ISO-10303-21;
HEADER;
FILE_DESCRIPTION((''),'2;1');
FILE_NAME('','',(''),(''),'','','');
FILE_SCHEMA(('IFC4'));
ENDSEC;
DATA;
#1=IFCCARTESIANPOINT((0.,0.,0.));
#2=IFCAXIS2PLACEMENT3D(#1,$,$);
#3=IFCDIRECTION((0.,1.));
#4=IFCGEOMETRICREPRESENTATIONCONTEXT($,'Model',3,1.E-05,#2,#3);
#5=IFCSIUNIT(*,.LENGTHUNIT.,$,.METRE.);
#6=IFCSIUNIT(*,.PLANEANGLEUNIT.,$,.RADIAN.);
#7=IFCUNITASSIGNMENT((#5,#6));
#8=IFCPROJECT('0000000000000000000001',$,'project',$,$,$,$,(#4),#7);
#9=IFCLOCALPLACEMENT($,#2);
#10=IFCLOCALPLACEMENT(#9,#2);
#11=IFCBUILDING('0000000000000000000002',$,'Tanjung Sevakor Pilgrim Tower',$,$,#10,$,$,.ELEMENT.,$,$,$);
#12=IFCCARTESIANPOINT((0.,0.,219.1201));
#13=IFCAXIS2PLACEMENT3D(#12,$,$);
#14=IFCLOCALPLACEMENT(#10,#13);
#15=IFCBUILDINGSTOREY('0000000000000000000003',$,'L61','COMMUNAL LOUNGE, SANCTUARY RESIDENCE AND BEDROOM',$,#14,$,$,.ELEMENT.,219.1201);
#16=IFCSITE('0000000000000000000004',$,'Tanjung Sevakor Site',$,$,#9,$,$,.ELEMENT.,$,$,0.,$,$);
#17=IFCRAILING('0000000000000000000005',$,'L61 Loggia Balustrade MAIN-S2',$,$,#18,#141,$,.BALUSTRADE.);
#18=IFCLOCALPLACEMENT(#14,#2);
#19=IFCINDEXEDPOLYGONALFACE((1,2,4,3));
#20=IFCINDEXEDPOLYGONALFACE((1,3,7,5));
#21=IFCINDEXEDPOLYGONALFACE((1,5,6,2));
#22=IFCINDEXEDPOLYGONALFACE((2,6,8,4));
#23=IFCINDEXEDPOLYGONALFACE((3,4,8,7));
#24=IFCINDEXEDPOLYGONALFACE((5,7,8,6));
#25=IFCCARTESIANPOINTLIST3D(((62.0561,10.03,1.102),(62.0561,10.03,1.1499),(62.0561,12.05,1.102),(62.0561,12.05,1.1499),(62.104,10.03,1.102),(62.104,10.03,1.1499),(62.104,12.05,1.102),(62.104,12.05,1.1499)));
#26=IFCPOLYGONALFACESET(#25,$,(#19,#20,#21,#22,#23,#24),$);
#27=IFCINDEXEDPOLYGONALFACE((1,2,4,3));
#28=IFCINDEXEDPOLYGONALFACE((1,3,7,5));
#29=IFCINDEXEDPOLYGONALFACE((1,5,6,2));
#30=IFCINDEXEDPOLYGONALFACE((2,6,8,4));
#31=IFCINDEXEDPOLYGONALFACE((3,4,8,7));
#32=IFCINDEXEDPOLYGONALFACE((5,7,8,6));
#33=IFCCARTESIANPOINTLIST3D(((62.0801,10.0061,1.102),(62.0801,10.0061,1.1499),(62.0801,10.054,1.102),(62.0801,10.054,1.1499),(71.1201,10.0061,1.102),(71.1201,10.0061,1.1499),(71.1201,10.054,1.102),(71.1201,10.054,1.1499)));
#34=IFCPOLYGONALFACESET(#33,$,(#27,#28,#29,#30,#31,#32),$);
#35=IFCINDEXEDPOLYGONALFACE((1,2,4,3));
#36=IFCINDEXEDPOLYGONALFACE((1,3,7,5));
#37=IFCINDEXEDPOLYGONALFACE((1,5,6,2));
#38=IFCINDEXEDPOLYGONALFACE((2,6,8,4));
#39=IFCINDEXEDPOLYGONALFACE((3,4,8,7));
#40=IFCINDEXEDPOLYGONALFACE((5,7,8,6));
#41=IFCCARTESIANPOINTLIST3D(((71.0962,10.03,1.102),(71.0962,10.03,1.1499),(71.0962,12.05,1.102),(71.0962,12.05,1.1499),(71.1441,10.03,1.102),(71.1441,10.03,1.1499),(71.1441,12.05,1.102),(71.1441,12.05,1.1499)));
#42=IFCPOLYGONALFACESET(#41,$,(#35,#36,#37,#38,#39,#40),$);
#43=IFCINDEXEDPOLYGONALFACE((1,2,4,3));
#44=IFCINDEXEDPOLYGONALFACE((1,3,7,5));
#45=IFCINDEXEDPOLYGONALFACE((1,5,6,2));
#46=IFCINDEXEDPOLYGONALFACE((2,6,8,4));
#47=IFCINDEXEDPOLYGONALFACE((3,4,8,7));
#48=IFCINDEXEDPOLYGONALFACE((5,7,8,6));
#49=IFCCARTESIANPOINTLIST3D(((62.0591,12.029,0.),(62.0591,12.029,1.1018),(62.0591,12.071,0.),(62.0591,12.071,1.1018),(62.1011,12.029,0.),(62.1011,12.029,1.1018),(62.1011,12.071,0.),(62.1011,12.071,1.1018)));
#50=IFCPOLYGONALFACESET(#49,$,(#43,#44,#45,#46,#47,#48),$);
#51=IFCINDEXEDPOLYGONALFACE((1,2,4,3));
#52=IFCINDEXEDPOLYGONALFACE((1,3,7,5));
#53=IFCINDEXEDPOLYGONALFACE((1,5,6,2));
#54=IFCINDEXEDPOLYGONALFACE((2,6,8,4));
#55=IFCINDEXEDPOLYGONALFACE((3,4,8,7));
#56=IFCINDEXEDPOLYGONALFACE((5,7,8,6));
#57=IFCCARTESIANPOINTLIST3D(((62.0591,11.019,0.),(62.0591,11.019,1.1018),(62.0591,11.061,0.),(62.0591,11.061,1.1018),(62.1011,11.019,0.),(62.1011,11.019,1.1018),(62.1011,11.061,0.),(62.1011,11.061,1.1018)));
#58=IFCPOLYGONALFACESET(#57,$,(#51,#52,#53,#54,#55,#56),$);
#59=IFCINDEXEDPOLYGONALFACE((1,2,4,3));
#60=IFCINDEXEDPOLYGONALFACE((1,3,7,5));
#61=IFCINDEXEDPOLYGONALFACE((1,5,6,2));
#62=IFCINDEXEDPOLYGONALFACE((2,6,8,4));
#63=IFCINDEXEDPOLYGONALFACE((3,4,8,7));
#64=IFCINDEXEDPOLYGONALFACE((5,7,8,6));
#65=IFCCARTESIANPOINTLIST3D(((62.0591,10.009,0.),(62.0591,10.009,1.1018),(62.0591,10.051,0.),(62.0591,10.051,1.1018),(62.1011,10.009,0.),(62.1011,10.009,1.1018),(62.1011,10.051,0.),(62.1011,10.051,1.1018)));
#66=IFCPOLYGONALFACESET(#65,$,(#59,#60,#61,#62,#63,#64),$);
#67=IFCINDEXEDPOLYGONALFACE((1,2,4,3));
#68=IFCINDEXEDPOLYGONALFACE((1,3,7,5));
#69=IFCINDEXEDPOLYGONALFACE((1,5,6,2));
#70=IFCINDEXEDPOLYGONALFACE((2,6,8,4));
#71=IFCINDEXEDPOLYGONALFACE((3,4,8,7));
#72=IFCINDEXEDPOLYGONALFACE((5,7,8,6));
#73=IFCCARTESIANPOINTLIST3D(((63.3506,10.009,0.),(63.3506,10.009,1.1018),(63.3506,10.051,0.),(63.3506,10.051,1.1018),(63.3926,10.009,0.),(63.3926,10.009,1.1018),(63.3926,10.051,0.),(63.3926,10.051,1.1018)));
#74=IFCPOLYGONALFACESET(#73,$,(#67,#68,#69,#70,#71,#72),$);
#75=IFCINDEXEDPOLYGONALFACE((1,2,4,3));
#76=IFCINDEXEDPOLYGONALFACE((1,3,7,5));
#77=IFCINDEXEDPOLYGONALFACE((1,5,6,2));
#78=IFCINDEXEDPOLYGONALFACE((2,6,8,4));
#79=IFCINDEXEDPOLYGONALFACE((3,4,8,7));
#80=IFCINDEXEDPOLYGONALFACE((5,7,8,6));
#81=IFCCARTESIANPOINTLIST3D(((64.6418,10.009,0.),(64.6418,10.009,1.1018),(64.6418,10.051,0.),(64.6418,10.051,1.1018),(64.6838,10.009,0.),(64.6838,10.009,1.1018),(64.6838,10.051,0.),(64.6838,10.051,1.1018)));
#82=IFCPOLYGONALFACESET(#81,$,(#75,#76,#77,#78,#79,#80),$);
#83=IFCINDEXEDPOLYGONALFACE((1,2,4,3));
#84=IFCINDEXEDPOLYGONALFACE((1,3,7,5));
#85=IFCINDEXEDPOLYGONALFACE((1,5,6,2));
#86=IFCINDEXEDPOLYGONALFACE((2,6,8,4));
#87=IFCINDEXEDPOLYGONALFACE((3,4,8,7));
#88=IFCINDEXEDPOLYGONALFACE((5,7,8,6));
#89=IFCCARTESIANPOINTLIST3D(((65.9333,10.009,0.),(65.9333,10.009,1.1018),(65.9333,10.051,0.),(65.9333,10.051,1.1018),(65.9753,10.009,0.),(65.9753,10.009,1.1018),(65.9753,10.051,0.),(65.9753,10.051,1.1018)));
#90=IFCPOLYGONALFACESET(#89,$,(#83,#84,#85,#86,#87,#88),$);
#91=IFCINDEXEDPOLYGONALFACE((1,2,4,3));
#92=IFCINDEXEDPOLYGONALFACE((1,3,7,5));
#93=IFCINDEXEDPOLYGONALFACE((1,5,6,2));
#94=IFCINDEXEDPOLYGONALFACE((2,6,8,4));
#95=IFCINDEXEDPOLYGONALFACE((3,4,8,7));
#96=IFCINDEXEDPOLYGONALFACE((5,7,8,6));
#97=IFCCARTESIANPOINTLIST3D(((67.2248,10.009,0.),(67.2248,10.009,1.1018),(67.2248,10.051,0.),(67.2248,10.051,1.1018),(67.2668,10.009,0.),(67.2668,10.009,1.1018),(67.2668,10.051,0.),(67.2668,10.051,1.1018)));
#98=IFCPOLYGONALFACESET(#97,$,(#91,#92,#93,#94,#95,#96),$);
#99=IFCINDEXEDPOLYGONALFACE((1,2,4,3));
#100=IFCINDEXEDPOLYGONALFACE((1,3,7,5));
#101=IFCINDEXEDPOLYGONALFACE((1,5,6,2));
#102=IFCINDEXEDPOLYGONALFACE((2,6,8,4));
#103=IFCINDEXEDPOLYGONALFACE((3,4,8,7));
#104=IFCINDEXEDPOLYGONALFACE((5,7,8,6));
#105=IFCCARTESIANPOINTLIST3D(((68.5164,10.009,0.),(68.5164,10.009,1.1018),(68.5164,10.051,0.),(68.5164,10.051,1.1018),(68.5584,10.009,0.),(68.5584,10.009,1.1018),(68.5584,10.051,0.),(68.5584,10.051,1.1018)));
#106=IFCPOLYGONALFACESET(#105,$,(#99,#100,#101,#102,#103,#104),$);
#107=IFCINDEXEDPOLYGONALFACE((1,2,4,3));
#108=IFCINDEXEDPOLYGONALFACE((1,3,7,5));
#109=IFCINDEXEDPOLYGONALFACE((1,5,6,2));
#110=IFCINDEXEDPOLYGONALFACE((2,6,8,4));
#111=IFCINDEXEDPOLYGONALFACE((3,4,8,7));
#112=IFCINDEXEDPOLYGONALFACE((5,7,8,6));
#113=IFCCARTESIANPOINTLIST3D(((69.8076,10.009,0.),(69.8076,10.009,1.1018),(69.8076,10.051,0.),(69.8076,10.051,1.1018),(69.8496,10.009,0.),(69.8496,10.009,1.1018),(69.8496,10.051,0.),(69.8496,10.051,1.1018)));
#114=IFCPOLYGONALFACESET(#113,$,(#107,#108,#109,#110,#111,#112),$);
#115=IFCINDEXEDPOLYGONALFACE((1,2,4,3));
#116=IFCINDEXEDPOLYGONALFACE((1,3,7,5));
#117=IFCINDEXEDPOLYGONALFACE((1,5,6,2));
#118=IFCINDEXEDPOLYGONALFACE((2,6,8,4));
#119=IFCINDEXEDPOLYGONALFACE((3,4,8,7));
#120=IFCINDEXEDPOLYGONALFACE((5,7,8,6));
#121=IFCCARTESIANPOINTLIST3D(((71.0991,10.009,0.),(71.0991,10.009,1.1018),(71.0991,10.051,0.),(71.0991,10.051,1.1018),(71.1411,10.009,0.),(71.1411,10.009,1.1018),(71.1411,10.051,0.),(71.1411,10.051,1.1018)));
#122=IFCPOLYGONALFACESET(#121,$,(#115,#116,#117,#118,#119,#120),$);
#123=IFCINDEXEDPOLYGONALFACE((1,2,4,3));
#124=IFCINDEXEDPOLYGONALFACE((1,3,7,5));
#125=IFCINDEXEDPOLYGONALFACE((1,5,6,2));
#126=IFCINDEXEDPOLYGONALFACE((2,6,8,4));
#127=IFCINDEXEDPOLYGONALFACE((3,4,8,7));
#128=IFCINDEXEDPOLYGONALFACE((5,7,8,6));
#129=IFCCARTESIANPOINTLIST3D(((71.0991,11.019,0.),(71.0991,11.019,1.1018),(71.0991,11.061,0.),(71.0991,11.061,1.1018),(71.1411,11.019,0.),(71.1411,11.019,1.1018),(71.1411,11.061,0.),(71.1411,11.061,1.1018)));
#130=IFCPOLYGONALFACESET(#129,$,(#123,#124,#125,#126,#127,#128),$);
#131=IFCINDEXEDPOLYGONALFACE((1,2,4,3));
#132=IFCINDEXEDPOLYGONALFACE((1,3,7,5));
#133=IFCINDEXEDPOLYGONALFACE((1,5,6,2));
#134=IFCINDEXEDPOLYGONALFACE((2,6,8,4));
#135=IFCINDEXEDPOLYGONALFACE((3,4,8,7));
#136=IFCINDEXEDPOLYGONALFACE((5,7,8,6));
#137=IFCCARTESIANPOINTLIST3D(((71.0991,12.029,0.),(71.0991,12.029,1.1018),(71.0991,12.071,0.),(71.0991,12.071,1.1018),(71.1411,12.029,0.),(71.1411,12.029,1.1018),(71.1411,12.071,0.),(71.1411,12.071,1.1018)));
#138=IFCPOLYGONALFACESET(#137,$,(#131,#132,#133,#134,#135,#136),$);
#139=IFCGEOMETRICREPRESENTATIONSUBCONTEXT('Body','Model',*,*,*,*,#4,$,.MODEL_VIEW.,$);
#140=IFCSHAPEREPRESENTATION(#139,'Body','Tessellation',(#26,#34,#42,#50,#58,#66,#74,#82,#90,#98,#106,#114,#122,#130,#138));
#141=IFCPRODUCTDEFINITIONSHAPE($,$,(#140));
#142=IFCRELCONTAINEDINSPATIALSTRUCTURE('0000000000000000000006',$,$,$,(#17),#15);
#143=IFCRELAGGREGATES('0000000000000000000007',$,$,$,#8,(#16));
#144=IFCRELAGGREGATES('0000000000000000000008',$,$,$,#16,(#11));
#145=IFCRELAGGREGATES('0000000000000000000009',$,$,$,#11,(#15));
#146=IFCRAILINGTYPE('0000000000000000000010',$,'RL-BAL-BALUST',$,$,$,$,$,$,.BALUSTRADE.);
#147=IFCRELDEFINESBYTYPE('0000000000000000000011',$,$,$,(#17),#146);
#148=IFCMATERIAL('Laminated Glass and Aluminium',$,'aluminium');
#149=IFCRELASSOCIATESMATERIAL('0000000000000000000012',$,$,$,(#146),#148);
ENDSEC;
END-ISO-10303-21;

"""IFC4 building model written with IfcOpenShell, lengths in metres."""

from ifc_helpers import new_model, si_unit, direction, frame, origin, place, context, subcontext, project, spatial, rectangle, extrude, material, type_object, element, save


model = new_model("IFC4")

# Units and contexts
model_context = context("Model", 3, precision=1e-05, world=origin(), true_north=direction((0.0, 1.0)))
body_context = subcontext(model_context, "Body", "Model", "MODEL_VIEW")
ifc_project = project(units=[si_unit("LENGTHUNIT", "METRE"), si_unit("PLANEANGLEUNIT", "RADIAN")], contexts=[model_context])

# Site, building, storey
site_placement = place(None, origin())
site = spatial("IfcSite", under=ifc_project, at=site_placement, Name="Tanjung Sevakor Site", CompositionType="ELEMENT", RefElevation=0.0)
building_placement = place(site_placement, origin())
building = spatial("IfcBuilding", under=site, at=building_placement, Name="Tanjung Sevakor Pilgrim Tower", CompositionType="ELEMENT")
storey_placement = place(building_placement, frame((0.0, 0.0, 219.1201)))
storey = spatial("IfcBuildingStorey", under=building, at=storey_placement, Name="L61", Description="COMMUNAL LOUNGE, SANCTUARY RESIDENCE AND BEDROOM", CompositionType="ELEMENT", Elevation=219.1201)

# Railing
ifc_material_1 = material(Name="Laminated Glass and Aluminium", Category="aluminium")
railing_type_1 = type_object("IfcRailingType", Name="RL-BAL-BALUST", PredefinedType="BALUSTRADE", material=ifc_material_1)
railing_1_placement = place(storey_placement, frame((62.0801, 12.05, 0.0)))
element("IfcRailing", 1, at=railing_1_placement, inside=storey, type_object=railing_type_1, Name="L61 Loggia Balustrade MAIN-S2", PredefinedType="BALUSTRADE", context=body_context, shape_type="SweptSolid", body=[
    extrude(rectangle(XDim=0.0479, YDim=0.0479), frame((0.0, 0.0, 1.126), z_axis=(0.0, -1.0, 0.0), x_axis=(1.0, 0.0, 0.0)), (0.0, 0.0, 1.0), 2.02),
    extrude(rectangle(XDim=0.0479, YDim=0.0479), frame((0.0, -2.02, 1.126), z_axis=(1.0, 0.0, 0.0), x_axis=(0.0, 1.0, 0.0)), (0.0, 0.0, 1.0), 9.04),
    extrude(rectangle(XDim=0.0479, YDim=0.0479), frame((9.04, -2.02, 1.126), z_axis=(0.0, 1.0, 0.0), x_axis=(-1.0, 0.0, 0.0)), (0.0, 0.0, 1.0), 2.02),
    extrude(rectangle(XDim=0.042, YDim=0.042), origin(), (0.0, 0.0, 1.0), 1.1018),
    extrude(rectangle(XDim=0.042, YDim=0.042), frame((0.0, -1.01, 0.0)), (0.0, 0.0, 1.0), 1.1018),
    extrude(rectangle(XDim=0.042, YDim=0.042), frame((0.0, -2.02, 0.0)), (0.0, 0.0, 1.0), 1.1018),
    extrude(rectangle(XDim=0.042, YDim=0.042), frame((1.2915, -2.02, 0.0)), (0.0, 0.0, 1.0), 1.1018),
    extrude(rectangle(XDim=0.042, YDim=0.042), frame((2.5828, -2.02, 0.0)), (0.0, 0.0, 1.0), 1.1018),
    extrude(rectangle(XDim=0.042, YDim=0.042), frame((3.8743, -2.02, 0.0)), (0.0, 0.0, 1.0), 1.1018),
    extrude(rectangle(XDim=0.042, YDim=0.042), frame((5.1658, -2.02, 0.0)), (0.0, 0.0, 1.0), 1.1018),
    extrude(rectangle(XDim=0.042, YDim=0.042), frame((6.4573, -2.02, 0.0)), (0.0, 0.0, 1.0), 1.1018),
    extrude(rectangle(XDim=0.042, YDim=0.042), frame((7.7485, -2.02, 0.0)), (0.0, 0.0, 1.0), 1.1018),
    extrude(rectangle(XDim=0.042, YDim=0.042), frame((9.04, -2.02, 0.0)), (0.0, 0.0, 1.0), 1.1018),
    extrude(rectangle(XDim=0.042, YDim=0.042), frame((9.04, -1.01, 0.0)), (0.0, 0.0, 1.0), 1.1018),
    extrude(rectangle(XDim=0.042, YDim=0.042), frame((9.04, 0.0, 0.0)), (0.0, 0.0, 1.0), 1.1018),
])

save(model, "model.ifc")
